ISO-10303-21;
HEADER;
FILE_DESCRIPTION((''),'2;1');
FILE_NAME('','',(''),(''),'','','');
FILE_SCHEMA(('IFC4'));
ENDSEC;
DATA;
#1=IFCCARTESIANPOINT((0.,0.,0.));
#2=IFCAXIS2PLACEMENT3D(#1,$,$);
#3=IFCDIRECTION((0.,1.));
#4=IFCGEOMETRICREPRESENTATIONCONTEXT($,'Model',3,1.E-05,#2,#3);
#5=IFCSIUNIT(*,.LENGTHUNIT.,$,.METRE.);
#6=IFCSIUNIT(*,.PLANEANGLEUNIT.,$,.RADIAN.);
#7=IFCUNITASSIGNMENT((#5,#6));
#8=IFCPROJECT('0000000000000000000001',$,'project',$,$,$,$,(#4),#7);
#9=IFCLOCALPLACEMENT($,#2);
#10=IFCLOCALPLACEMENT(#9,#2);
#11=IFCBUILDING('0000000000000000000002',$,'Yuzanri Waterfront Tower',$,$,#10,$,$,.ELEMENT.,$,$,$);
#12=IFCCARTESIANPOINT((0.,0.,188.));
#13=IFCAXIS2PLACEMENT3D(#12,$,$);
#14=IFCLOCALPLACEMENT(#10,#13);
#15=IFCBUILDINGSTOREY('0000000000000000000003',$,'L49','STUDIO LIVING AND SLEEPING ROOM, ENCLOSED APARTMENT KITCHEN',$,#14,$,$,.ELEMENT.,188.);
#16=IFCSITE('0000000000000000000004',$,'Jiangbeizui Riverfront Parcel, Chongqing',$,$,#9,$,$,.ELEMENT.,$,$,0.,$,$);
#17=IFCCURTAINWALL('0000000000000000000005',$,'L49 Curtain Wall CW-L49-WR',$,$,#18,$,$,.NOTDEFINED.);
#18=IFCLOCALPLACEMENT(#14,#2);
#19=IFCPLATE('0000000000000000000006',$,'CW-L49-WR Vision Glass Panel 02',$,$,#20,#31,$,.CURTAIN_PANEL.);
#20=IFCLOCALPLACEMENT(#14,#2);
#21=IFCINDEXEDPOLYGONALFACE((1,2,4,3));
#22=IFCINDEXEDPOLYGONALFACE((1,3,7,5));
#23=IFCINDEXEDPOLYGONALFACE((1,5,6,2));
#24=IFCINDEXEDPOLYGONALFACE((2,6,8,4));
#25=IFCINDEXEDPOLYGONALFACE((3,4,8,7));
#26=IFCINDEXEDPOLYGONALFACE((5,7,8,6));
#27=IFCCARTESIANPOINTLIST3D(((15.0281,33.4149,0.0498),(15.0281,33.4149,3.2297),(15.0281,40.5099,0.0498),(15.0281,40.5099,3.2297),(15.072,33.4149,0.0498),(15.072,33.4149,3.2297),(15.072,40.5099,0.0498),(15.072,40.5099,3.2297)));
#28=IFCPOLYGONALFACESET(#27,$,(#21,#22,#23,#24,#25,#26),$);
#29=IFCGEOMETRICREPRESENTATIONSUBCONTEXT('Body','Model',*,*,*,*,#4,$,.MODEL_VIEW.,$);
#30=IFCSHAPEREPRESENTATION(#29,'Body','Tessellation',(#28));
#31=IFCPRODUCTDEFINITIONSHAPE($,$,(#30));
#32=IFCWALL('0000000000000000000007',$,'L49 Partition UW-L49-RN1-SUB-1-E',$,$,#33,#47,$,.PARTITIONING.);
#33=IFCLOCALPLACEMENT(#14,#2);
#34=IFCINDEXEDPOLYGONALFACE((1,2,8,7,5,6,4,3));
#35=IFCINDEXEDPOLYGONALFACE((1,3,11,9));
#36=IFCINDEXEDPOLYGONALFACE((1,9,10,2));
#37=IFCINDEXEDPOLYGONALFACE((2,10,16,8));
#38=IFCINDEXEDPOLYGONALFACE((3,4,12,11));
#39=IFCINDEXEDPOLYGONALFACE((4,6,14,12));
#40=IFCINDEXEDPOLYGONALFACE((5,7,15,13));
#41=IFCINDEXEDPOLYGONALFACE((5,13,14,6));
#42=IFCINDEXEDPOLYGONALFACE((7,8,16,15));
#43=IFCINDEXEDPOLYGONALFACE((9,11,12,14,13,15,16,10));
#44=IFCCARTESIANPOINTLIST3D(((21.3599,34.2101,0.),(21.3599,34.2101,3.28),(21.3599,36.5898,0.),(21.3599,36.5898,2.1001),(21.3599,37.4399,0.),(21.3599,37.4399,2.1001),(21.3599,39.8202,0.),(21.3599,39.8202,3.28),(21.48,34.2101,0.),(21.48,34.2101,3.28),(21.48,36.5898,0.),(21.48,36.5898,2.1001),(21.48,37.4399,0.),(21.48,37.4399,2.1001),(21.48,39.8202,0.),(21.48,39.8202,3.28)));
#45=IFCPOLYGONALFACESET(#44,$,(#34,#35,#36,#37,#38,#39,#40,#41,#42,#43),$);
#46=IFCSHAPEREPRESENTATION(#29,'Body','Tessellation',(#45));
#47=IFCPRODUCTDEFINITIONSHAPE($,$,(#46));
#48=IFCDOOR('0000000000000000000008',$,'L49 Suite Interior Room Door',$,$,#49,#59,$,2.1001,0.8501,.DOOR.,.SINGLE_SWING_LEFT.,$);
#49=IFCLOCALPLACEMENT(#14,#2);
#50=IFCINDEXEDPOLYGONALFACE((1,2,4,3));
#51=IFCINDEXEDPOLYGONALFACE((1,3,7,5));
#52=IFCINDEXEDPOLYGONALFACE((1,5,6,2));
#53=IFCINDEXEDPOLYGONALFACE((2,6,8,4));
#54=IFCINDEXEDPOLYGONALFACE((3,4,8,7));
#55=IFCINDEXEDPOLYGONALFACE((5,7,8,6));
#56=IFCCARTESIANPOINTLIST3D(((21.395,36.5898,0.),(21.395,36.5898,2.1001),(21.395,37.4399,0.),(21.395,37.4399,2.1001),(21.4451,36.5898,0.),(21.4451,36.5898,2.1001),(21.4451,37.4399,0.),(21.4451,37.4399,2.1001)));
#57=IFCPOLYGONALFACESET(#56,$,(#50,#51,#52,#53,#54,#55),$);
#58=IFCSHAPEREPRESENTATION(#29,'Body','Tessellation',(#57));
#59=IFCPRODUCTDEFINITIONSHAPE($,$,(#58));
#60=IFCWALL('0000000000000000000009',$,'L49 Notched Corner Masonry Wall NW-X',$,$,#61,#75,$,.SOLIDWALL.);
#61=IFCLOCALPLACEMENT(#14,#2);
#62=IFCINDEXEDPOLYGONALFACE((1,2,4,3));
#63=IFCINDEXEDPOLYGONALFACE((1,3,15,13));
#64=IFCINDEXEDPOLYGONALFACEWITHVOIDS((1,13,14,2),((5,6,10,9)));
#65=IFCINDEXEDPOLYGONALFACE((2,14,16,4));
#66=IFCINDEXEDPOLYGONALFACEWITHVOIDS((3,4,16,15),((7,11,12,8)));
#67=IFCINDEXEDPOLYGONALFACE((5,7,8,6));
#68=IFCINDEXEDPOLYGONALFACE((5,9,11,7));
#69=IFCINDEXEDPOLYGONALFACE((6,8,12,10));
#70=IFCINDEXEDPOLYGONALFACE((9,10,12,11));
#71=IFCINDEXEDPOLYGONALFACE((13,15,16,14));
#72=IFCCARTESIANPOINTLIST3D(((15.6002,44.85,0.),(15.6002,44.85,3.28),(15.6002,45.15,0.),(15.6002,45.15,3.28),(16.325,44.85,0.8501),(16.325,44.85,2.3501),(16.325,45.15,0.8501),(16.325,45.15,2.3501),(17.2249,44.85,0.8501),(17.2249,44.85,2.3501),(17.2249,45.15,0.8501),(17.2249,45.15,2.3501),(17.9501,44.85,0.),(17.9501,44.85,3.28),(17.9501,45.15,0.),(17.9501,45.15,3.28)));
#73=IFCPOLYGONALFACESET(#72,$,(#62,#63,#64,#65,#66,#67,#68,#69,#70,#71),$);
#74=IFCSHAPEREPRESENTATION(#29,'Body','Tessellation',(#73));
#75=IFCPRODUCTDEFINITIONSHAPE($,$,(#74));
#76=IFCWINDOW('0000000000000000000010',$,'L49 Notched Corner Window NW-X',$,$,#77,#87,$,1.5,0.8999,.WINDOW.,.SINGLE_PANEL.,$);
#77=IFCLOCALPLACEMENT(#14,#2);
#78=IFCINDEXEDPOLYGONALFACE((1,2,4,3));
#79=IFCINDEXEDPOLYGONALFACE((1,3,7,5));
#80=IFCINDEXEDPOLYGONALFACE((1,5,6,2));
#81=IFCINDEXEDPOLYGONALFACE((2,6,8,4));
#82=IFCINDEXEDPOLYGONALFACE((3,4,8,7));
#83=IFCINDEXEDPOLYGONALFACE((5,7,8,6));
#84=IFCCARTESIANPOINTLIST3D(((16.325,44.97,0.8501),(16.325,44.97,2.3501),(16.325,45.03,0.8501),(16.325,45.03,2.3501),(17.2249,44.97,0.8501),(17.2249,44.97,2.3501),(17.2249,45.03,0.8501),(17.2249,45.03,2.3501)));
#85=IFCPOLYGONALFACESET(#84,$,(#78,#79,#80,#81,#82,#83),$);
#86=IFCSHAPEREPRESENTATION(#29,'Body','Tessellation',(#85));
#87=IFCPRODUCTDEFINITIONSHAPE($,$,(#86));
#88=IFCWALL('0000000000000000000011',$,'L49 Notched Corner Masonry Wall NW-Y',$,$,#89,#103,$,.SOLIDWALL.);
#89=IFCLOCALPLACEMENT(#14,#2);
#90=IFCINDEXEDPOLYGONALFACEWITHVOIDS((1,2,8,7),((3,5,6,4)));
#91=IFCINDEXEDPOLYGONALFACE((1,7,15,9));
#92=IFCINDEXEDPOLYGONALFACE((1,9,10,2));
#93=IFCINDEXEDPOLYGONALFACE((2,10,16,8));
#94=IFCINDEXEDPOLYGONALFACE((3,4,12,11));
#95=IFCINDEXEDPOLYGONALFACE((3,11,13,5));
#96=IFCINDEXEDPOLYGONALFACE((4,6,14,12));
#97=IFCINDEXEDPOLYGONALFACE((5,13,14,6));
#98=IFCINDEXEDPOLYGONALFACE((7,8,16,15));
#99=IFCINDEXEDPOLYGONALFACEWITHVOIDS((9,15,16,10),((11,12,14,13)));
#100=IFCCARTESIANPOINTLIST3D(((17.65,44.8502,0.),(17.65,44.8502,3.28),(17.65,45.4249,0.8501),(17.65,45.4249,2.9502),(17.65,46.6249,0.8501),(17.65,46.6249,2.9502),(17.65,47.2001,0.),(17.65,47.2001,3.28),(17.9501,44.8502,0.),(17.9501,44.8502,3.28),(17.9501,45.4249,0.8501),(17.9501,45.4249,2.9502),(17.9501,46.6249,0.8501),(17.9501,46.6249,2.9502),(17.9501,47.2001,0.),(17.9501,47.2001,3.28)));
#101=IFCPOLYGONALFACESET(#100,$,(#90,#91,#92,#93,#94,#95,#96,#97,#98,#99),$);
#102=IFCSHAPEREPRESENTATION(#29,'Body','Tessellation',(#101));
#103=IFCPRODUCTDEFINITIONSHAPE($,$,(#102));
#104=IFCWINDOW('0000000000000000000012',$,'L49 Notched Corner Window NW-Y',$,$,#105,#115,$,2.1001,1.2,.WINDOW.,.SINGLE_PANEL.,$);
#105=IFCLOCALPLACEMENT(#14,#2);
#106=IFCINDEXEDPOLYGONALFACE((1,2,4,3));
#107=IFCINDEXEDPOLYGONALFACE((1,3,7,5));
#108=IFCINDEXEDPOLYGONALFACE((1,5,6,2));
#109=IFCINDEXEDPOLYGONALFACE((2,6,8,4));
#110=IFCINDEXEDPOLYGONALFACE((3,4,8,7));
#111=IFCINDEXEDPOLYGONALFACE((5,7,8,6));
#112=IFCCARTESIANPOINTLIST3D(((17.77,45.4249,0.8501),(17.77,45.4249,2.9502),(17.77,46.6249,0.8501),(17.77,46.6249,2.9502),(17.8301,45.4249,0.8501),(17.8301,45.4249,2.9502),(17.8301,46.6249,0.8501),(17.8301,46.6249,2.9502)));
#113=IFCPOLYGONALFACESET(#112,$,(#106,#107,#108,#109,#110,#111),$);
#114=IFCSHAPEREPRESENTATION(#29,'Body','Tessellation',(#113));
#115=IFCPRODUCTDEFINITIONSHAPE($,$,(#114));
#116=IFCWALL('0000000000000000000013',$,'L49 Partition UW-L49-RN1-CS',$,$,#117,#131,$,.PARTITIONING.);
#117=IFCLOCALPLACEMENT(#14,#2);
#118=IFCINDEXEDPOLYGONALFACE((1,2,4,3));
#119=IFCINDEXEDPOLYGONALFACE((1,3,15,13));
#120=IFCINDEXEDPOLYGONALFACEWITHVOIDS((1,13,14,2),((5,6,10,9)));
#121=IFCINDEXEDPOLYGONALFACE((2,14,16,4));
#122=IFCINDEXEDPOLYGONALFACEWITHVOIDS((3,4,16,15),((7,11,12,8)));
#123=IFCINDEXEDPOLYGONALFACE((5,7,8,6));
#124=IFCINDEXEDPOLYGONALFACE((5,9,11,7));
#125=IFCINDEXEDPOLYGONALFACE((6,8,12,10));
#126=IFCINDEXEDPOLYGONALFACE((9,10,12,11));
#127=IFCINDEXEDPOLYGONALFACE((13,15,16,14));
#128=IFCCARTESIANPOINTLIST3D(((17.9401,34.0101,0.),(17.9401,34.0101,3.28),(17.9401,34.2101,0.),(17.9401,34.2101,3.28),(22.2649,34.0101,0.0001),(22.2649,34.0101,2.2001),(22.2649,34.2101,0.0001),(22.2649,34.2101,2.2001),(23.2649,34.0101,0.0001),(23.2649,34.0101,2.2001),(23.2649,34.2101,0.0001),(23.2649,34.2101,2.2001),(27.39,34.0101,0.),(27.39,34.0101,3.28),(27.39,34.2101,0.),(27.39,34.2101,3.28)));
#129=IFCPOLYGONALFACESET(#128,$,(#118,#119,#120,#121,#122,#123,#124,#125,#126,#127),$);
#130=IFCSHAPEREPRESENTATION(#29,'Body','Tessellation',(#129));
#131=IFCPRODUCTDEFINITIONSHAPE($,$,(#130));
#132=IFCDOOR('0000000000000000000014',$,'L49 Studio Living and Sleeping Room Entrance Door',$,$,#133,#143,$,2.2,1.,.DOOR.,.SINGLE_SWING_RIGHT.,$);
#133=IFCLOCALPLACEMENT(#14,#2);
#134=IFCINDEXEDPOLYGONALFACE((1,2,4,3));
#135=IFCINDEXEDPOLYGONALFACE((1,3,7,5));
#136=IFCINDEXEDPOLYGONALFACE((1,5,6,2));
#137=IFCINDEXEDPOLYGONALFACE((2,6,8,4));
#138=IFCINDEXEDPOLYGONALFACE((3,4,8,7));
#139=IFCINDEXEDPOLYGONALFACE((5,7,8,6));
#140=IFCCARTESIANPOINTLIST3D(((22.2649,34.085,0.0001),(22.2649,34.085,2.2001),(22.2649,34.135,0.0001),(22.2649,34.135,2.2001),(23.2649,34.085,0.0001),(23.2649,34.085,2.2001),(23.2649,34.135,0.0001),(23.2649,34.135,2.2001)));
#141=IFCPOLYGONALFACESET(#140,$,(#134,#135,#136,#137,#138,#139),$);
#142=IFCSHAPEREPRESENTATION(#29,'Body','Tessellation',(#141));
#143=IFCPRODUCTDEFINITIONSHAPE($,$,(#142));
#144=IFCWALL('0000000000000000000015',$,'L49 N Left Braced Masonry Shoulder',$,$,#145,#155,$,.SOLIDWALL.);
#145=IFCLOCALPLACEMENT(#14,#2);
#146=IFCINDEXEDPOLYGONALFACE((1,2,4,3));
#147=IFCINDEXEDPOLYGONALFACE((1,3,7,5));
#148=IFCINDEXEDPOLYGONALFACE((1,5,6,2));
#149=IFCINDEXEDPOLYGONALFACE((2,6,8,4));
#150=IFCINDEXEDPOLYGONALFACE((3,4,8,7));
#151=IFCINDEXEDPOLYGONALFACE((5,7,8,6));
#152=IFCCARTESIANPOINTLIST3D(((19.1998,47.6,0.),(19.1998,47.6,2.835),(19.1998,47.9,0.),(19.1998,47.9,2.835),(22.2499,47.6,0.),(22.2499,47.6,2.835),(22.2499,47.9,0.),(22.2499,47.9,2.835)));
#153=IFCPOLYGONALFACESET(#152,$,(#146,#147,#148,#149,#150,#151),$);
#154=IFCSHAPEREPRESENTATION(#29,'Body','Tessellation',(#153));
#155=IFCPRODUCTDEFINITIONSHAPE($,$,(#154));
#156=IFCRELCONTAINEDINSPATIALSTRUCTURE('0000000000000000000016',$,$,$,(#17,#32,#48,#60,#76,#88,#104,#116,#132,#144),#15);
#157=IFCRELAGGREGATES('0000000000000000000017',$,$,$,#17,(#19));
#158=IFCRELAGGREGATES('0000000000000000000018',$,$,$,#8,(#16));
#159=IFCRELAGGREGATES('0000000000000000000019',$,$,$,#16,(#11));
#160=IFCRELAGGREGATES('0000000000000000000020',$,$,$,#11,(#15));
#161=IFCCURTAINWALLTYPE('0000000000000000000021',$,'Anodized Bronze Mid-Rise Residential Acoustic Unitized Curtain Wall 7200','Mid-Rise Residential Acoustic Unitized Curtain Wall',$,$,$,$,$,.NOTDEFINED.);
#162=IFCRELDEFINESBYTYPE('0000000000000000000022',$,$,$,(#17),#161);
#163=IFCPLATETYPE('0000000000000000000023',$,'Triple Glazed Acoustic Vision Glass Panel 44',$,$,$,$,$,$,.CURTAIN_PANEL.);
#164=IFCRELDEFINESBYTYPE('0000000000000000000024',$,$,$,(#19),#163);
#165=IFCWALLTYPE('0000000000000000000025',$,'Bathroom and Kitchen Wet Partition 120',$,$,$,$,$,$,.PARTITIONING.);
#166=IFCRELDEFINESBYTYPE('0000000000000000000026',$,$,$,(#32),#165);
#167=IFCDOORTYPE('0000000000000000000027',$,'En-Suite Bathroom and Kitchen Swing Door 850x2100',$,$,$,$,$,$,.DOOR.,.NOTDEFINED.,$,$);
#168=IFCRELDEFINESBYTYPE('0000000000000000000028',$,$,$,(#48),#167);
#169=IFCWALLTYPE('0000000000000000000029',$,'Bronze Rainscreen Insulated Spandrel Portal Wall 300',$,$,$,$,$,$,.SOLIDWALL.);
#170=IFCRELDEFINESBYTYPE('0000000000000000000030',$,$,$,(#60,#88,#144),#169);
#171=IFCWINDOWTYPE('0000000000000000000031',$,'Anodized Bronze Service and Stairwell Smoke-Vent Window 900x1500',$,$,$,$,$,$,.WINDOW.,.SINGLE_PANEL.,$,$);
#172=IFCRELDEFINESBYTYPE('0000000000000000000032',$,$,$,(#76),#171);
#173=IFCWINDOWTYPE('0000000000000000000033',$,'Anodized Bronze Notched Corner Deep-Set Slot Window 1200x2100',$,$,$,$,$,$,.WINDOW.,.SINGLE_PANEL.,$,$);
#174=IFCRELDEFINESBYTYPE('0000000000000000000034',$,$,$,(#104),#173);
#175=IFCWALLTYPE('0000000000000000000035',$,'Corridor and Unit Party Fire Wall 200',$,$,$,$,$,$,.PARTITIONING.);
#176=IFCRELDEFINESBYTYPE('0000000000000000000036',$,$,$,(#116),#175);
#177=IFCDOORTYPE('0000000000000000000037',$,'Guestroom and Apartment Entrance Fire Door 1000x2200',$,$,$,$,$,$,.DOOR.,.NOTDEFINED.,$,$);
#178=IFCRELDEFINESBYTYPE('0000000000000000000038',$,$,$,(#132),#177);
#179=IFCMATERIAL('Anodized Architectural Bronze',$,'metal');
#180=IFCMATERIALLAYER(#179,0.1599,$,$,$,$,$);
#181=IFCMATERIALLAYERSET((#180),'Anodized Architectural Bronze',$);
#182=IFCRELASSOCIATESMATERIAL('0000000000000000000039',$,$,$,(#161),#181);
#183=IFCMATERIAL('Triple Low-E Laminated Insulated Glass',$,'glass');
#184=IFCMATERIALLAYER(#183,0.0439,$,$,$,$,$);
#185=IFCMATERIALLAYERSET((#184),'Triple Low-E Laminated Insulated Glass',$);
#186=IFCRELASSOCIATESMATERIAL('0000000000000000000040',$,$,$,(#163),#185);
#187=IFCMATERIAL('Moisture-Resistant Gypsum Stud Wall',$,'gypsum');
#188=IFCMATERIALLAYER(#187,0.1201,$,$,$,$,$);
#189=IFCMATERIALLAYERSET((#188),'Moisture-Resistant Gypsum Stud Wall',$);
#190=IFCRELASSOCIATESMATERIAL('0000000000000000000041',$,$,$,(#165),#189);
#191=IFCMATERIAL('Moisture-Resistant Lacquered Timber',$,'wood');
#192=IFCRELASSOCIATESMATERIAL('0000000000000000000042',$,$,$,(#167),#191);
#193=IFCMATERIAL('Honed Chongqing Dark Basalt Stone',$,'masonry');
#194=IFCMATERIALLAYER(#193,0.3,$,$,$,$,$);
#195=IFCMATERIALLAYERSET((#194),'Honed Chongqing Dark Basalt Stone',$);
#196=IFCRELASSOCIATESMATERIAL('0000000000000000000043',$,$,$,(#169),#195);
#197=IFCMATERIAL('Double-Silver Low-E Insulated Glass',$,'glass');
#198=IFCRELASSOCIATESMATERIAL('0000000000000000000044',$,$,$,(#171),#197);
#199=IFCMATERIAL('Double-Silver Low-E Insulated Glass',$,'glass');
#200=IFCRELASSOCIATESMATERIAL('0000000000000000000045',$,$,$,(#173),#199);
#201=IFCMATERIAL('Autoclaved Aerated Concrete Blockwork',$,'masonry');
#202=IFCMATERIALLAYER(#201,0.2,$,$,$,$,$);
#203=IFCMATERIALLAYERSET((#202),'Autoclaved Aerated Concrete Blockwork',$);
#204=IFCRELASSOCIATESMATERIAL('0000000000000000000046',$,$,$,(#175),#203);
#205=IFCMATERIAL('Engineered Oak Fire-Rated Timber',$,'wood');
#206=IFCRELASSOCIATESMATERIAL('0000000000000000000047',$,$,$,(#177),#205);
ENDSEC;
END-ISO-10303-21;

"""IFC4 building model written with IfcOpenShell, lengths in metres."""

from ifc_helpers import new_model, si_unit, direction, frame, frame_2d, origin, origin_2d, place, context, subcontext, project, spatial, rectangle, extrude, source, transform, mapped, material, layer, layer_set, type_object, element, fill, aggregate, save


model = new_model("IFC4")

# Units and contexts
model_context = context("Model", 3, precision=1e-05, world=origin(), true_north=direction((0.0, 1.0)))
body_context = subcontext(model_context, "Body", "Model", "MODEL_VIEW")
ifc_project = project(units=[si_unit("LENGTHUNIT", "METRE"), si_unit("PLANEANGLEUNIT", "RADIAN")], contexts=[model_context])

# Site, building, storey
site_placement = place(None, origin())
site = spatial("IfcSite", under=ifc_project, at=site_placement, Name="Jiangbeizui Riverfront Parcel, Chongqing", CompositionType="ELEMENT", RefElevation=0.0)
building_placement = place(site_placement, origin())
building = spatial("IfcBuilding", under=site, at=building_placement, Name="Yuzanri Waterfront Tower", CompositionType="ELEMENT")
storey_placement = place(building_placement, frame((0.0, 0.0, 188.0)))
storey = spatial("IfcBuildingStorey", under=building, at=storey_placement, Name="L49", Description="STUDIO LIVING AND SLEEPING ROOM, ENCLOSED APARTMENT KITCHEN", CompositionType="ELEMENT", Elevation=188.0)

# Curtain wall
ifc_material_1 = material(Name="Anodized Architectural Bronze", Category="metal")
ifc_layer_1 = layer(ifc_material_1, 0.1599)
ifc_layer_set_1 = layer_set([ifc_layer_1], Name="Anodized Architectural Bronze")
curtain_wall_type = type_object("IfcCurtainWallType", Name="Anodized Bronze Mid-Rise Residential Acoustic Unitized Curtain Wall 7200", Description="Mid-Rise Residential Acoustic Unitized Curtain Wall", PredefinedType="NOTDEFINED", material=ifc_layer_set_1)
curtain_wall_placement = place(storey_placement, origin())
curtain_wall = element("IfcCurtainWall", 1, at=curtain_wall_placement, inside=storey, type_object=curtain_wall_type, Name="L49 Curtain Wall CW-L49-WR", PredefinedType="NOTDEFINED")

# Plate
ifc_material_2 = material(Name="Triple Low-E Laminated Insulated Glass", Category="glass")
ifc_layer_2 = layer(ifc_material_2, 0.0439)
ifc_layer_set_2 = layer_set([ifc_layer_2], Name="Triple Low-E Laminated Insulated Glass")
plate_type_1 = type_object("IfcPlateType", Name="Triple Glazed Acoustic Vision Glass Panel 44", PredefinedType="CURTAIN_PANEL", material=ifc_layer_set_2)
shared_shape_1 = source(origin(), body_context, "Body", "SweptSolid", [
    extrude(rectangle(XDim=7.095, YDim=0.0439, at=origin_2d()), origin(), (0.0, 0.0, 1.0), 3.1799),
])
plate_placement = place(storey_placement, frame((15.05, 36.9624, 0.0498), z_axis=(0.0, 0.0, 1.0), x_axis=(0.0, 1.0, 0.0)))
plate = element("IfcPlate", 2, at=plate_placement, type_object=plate_type_1, Name="CW-L49-WR Vision Glass Panel 02", PredefinedType="CURTAIN_PANEL", context=body_context, shape_type="MappedRepresentation", body=[
    mapped(shared_shape_1, transform((0.0, 0.0, 0.0), scale=1.0)),
])
aggregate(curtain_wall, [plate])

# Wall, opening, door
ifc_material_3 = material(Name="Moisture-Resistant Gypsum Stud Wall", Category="gypsum")
ifc_layer_3 = layer(ifc_material_3, 0.1201)
ifc_layer_set_3 = layer_set([ifc_layer_3], Name="Moisture-Resistant Gypsum Stud Wall")
wall_type_1 = type_object("IfcWallType", Name="Bathroom and Kitchen Wet Partition 120", PredefinedType="PARTITIONING", material=ifc_layer_set_3)
wall_1_placement = place(storey_placement, frame((21.4199, 34.21, 0.0), z_axis=(0.0, 0.0, 1.0), x_axis=(0.0, 1.0, 0.0)))
wall_1 = element("IfcWall", 3, at=wall_1_placement, inside=storey, type_object=wall_type_1, Name="L49 Partition UW-L49-RN1-SUB-1-E", PredefinedType="PARTITIONING", context=body_context, shape_type="SweptSolid", body=[
    extrude(rectangle(XDim=5.6101, YDim=0.1201, at=frame_2d((2.8052, 0.0))), origin(), (0.0, 0.0, 1.0), 3.28),
])
opening_1_placement = place(wall_1_placement, frame((2.3799, 0.0, 0.0)))
opening_1 = element("IfcOpeningElement", 4, at=opening_1_placement, cuts=wall_1, PredefinedType="OPENING", context=body_context, shape_type="SweptSolid", body=[
    extrude(rectangle(XDim=0.8501, YDim=2.1001, at=frame_2d((0.425, 1.05))), frame((0.0, 0.075, 0.0), z_axis=(0.0, -1.0, 0.0), x_axis=(1.0, 0.0, 0.0)), (0.0, 0.0, 1.0), 0.1499),
])
ifc_material_4 = material(Name="Moisture-Resistant Lacquered Timber", Category="wood")
door_type_1 = type_object("IfcDoorType", Name="En-Suite Bathroom and Kitchen Swing Door 850x2100", OperationType="NOTDEFINED", PredefinedType="DOOR", material=ifc_material_4)
shared_shape_2 = source(origin(), body_context, "Body", "SweptSolid", [
    extrude(rectangle(XDim=0.8501, YDim=2.1001, at=frame_2d((0.425, 1.05))), frame((0.0, 0.0249, 0.0), z_axis=(0.0, -1.0, 0.0), x_axis=(1.0, 0.0, 0.0)), (0.0, 0.0, 1.0), 0.05),
])
door_1_placement = place(opening_1_placement, origin())
door_1 = element("IfcDoor", 5, at=door_1_placement, inside=storey, type_object=door_type_1, Name="L49 Suite Interior Room Door", OperationType="SINGLE_SWING_LEFT", OverallHeight=2.1001, OverallWidth=0.8501, PredefinedType="DOOR", context=body_context, shape_type="MappedRepresentation", body=[
    mapped(shared_shape_2, transform((0.0, 0.0, 0.0), scale=1.0)),
])
fill(opening_1, door_1)

# Walls, openings, windows
ifc_material_5 = material(Name="Honed Chongqing Dark Basalt Stone", Category="masonry")
ifc_layer_4 = layer(ifc_material_5, 0.3)
ifc_layer_set_4 = layer_set([ifc_layer_4], Name="Honed Chongqing Dark Basalt Stone")
wall_type_2 = type_object("IfcWallType", Name="Bronze Rainscreen Insulated Spandrel Portal Wall 300", PredefinedType="SOLIDWALL", material=ifc_layer_set_4)
wall_2_placement = place(storey_placement, frame((17.95, 45.0, 0.0), z_axis=(0.0, 0.0, 1.0), x_axis=(-1.0, 0.0, 0.0)))
wall_2 = element("IfcWall", 6, at=wall_2_placement, inside=storey, type_object=wall_type_2, Name="L49 Notched Corner Masonry Wall NW-X", PredefinedType="SOLIDWALL", context=body_context, shape_type="SweptSolid", body=[
    extrude(rectangle(XDim=2.3499, YDim=0.3, at=frame_2d((1.1748, 0.0))), origin(), (0.0, 0.0, 1.0), 3.28),
])
opening_2_placement = place(wall_2_placement, frame((0.7251, 0.0, 0.8501)))
opening_2 = element("IfcOpeningElement", 7, at=opening_2_placement, cuts=wall_2, PredefinedType="OPENING", context=body_context, shape_type="SweptSolid", body=[
    extrude(rectangle(XDim=0.8999, YDim=1.5, at=frame_2d((0.45, 0.75))), frame((0.0, 0.165, 0.0), z_axis=(0.0, -1.0, 0.0), x_axis=(1.0, 0.0, 0.0)), (0.0, 0.0, 1.0), 0.3298),
])
ifc_material_6 = material(Name="Double-Silver Low-E Insulated Glass", Category="glass")
window_type_1 = type_object("IfcWindowType", Name="Anodized Bronze Service and Stairwell Smoke-Vent Window 900x1500", PartitioningType="SINGLE_PANEL", PredefinedType="WINDOW", material=ifc_material_6)
shared_shape_3 = source(origin(), body_context, "Body", "SweptSolid", [
    extrude(rectangle(XDim=0.8999, YDim=1.5, at=frame_2d((0.45, 0.75))), frame((0.0, 0.03, 0.0), z_axis=(0.0, -1.0, 0.0), x_axis=(1.0, 0.0, 0.0)), (0.0, 0.0, 1.0), 0.0601),
])
window_1_placement = place(opening_2_placement, origin())
window_1 = element("IfcWindow", 8, at=window_1_placement, inside=storey, type_object=window_type_1, Name="L49 Notched Corner Window NW-X", OverallHeight=1.5, OverallWidth=0.8999, PartitioningType="SINGLE_PANEL", PredefinedType="WINDOW", context=body_context, shape_type="MappedRepresentation", body=[
    mapped(shared_shape_3, transform((0.0, 0.0, 0.0), scale=1.0)),
])
fill(opening_2, window_1)
wall_3_placement = place(storey_placement, frame((17.8, 47.2, 0.0), z_axis=(0.0, 0.0, 1.0), x_axis=(0.0, -1.0, 0.0)))
wall_3 = element("IfcWall", 9, at=wall_3_placement, inside=storey, type_object=wall_type_2, Name="L49 Notched Corner Masonry Wall NW-Y", PredefinedType="SOLIDWALL", context=body_context, shape_type="SweptSolid", body=[
    extrude(rectangle(XDim=2.3499, YDim=0.3, at=frame_2d((1.1748, 0.0))), origin(), (0.0, 0.0, 1.0), 3.28),
])
opening_3_placement = place(wall_3_placement, frame((0.575, 0.0, 0.8501)))
opening_3 = element("IfcOpeningElement", 10, at=opening_3_placement, cuts=wall_3, PredefinedType="OPENING", context=body_context, shape_type="SweptSolid", body=[
    extrude(rectangle(XDim=1.2, YDim=2.1001, at=frame_2d((0.6001, 1.05))), frame((0.0, 0.165, 0.0), z_axis=(0.0, -1.0, 0.0), x_axis=(1.0, 0.0, 0.0)), (0.0, 0.0, 1.0), 0.3298),
])
ifc_material_7 = material(Name="Double-Silver Low-E Insulated Glass", Category="glass")
window_type_2 = type_object("IfcWindowType", Name="Anodized Bronze Notched Corner Deep-Set Slot Window 1200x2100", PartitioningType="SINGLE_PANEL", PredefinedType="WINDOW", material=ifc_material_7)
shared_shape_4 = source(origin(), body_context, "Body", "SweptSolid", [
    extrude(rectangle(XDim=1.2, YDim=2.1001, at=frame_2d((0.6001, 1.05))), frame((0.0, 0.03, 0.0), z_axis=(0.0, -1.0, 0.0), x_axis=(1.0, 0.0, 0.0)), (0.0, 0.0, 1.0), 0.0601),
])
window_2_placement = place(opening_3_placement, origin())
window_2 = element("IfcWindow", 11, at=window_2_placement, inside=storey, type_object=window_type_2, Name="L49 Notched Corner Window NW-Y", OverallHeight=2.1001, OverallWidth=1.2, PartitioningType="SINGLE_PANEL", PredefinedType="WINDOW", context=body_context, shape_type="MappedRepresentation", body=[
    mapped(shared_shape_4, transform((0.0, 0.0, 0.0), scale=1.0)),
])
fill(opening_3, window_2)

# Wall, opening, door
ifc_material_8 = material(Name="Autoclaved Aerated Concrete Blockwork", Category="masonry")
ifc_layer_5 = layer(ifc_material_8, 0.2)
ifc_layer_set_5 = layer_set([ifc_layer_5], Name="Autoclaved Aerated Concrete Blockwork")
wall_type_3 = type_object("IfcWallType", Name="Corridor and Unit Party Fire Wall 200", PredefinedType="PARTITIONING", material=ifc_layer_set_5)
wall_4_placement = place(storey_placement, frame((17.9399, 34.1101, 0.0), z_axis=(0.0, 0.0, 1.0), x_axis=(1.0, 0.0, 0.0)))
wall_4 = element("IfcWall", 12, at=wall_4_placement, inside=storey, type_object=wall_type_3, Name="L49 Partition UW-L49-RN1-CS", PredefinedType="PARTITIONING", context=body_context, shape_type="SweptSolid", body=[
    extrude(rectangle(XDim=9.45, YDim=0.2, at=frame_2d((4.7251, 0.0))), origin(), (0.0, 0.0, 1.0), 3.28),
])
opening_4_placement = place(wall_4_placement, frame((4.325, 0.0, 0.0)))
opening_4 = element("IfcOpeningElement", 13, at=opening_4_placement, cuts=wall_4, PredefinedType="OPENING", context=body_context, shape_type="SweptSolid", body=[
    extrude(rectangle(XDim=1.0, YDim=2.2, at=frame_2d((0.5, 1.1001))), frame((0.0, 0.1147, 0.0), z_axis=(0.0, -1.0, 0.0), x_axis=(1.0, 0.0, 0.0)), (0.0, 0.0, 1.0), 0.2297),
])
ifc_material_9 = material(Name="Engineered Oak Fire-Rated Timber", Category="wood")
door_type_2 = type_object("IfcDoorType", Name="Guestroom and Apartment Entrance Fire Door 1000x2200", OperationType="NOTDEFINED", PredefinedType="DOOR", material=ifc_material_9)
shared_shape_5 = source(origin(), body_context, "Body", "SweptSolid", [
    extrude(rectangle(XDim=1.0, YDim=2.2, at=frame_2d((0.5, 1.1001))), frame((0.0, 0.0249, 0.0), z_axis=(0.0, -1.0, 0.0), x_axis=(1.0, 0.0, 0.0)), (0.0, 0.0, 1.0), 0.05),
])
door_2_placement = place(opening_4_placement, origin())
door_2 = element("IfcDoor", 14, at=door_2_placement, inside=storey, type_object=door_type_2, Name="L49 Studio Living and Sleeping Room Entrance Door", OperationType="SINGLE_SWING_RIGHT", OverallHeight=2.2, OverallWidth=1.0, PredefinedType="DOOR", context=body_context, shape_type="MappedRepresentation", body=[
    mapped(shared_shape_5, transform((0.0, 0.0, 0.0), scale=1.0)),
])
fill(opening_4, door_2)

# Wall
shared_shape_6 = source(origin(), body_context, "Body", "SweptSolid", [
    extrude(rectangle(XDim=3.05, YDim=0.3, at=frame_2d((1.5249, 0.0))), origin(), (0.0, 0.0, 1.0), 2.835),
])
for number, where, z_axis, x_axis, name in (
    (15, (19.2, 47.75, 0.0), (0.0, 0.0, 1.0), (1.0, 0.0, 0.0), "L49 N Left Braced Masonry Shoulder"),
):
    element("IfcWall", number, at=place(storey_placement, frame(where, z_axis=z_axis, x_axis=x_axis)), inside=storey, type_object=wall_type_2, Name=name, PredefinedType="SOLIDWALL", context=body_context, shape_type="MappedRepresentation", body=[
        mapped(shared_shape_6, transform((0.0, 0.0, 0.0), scale=1.0)),
    ])

save(model, "model.ifc")
